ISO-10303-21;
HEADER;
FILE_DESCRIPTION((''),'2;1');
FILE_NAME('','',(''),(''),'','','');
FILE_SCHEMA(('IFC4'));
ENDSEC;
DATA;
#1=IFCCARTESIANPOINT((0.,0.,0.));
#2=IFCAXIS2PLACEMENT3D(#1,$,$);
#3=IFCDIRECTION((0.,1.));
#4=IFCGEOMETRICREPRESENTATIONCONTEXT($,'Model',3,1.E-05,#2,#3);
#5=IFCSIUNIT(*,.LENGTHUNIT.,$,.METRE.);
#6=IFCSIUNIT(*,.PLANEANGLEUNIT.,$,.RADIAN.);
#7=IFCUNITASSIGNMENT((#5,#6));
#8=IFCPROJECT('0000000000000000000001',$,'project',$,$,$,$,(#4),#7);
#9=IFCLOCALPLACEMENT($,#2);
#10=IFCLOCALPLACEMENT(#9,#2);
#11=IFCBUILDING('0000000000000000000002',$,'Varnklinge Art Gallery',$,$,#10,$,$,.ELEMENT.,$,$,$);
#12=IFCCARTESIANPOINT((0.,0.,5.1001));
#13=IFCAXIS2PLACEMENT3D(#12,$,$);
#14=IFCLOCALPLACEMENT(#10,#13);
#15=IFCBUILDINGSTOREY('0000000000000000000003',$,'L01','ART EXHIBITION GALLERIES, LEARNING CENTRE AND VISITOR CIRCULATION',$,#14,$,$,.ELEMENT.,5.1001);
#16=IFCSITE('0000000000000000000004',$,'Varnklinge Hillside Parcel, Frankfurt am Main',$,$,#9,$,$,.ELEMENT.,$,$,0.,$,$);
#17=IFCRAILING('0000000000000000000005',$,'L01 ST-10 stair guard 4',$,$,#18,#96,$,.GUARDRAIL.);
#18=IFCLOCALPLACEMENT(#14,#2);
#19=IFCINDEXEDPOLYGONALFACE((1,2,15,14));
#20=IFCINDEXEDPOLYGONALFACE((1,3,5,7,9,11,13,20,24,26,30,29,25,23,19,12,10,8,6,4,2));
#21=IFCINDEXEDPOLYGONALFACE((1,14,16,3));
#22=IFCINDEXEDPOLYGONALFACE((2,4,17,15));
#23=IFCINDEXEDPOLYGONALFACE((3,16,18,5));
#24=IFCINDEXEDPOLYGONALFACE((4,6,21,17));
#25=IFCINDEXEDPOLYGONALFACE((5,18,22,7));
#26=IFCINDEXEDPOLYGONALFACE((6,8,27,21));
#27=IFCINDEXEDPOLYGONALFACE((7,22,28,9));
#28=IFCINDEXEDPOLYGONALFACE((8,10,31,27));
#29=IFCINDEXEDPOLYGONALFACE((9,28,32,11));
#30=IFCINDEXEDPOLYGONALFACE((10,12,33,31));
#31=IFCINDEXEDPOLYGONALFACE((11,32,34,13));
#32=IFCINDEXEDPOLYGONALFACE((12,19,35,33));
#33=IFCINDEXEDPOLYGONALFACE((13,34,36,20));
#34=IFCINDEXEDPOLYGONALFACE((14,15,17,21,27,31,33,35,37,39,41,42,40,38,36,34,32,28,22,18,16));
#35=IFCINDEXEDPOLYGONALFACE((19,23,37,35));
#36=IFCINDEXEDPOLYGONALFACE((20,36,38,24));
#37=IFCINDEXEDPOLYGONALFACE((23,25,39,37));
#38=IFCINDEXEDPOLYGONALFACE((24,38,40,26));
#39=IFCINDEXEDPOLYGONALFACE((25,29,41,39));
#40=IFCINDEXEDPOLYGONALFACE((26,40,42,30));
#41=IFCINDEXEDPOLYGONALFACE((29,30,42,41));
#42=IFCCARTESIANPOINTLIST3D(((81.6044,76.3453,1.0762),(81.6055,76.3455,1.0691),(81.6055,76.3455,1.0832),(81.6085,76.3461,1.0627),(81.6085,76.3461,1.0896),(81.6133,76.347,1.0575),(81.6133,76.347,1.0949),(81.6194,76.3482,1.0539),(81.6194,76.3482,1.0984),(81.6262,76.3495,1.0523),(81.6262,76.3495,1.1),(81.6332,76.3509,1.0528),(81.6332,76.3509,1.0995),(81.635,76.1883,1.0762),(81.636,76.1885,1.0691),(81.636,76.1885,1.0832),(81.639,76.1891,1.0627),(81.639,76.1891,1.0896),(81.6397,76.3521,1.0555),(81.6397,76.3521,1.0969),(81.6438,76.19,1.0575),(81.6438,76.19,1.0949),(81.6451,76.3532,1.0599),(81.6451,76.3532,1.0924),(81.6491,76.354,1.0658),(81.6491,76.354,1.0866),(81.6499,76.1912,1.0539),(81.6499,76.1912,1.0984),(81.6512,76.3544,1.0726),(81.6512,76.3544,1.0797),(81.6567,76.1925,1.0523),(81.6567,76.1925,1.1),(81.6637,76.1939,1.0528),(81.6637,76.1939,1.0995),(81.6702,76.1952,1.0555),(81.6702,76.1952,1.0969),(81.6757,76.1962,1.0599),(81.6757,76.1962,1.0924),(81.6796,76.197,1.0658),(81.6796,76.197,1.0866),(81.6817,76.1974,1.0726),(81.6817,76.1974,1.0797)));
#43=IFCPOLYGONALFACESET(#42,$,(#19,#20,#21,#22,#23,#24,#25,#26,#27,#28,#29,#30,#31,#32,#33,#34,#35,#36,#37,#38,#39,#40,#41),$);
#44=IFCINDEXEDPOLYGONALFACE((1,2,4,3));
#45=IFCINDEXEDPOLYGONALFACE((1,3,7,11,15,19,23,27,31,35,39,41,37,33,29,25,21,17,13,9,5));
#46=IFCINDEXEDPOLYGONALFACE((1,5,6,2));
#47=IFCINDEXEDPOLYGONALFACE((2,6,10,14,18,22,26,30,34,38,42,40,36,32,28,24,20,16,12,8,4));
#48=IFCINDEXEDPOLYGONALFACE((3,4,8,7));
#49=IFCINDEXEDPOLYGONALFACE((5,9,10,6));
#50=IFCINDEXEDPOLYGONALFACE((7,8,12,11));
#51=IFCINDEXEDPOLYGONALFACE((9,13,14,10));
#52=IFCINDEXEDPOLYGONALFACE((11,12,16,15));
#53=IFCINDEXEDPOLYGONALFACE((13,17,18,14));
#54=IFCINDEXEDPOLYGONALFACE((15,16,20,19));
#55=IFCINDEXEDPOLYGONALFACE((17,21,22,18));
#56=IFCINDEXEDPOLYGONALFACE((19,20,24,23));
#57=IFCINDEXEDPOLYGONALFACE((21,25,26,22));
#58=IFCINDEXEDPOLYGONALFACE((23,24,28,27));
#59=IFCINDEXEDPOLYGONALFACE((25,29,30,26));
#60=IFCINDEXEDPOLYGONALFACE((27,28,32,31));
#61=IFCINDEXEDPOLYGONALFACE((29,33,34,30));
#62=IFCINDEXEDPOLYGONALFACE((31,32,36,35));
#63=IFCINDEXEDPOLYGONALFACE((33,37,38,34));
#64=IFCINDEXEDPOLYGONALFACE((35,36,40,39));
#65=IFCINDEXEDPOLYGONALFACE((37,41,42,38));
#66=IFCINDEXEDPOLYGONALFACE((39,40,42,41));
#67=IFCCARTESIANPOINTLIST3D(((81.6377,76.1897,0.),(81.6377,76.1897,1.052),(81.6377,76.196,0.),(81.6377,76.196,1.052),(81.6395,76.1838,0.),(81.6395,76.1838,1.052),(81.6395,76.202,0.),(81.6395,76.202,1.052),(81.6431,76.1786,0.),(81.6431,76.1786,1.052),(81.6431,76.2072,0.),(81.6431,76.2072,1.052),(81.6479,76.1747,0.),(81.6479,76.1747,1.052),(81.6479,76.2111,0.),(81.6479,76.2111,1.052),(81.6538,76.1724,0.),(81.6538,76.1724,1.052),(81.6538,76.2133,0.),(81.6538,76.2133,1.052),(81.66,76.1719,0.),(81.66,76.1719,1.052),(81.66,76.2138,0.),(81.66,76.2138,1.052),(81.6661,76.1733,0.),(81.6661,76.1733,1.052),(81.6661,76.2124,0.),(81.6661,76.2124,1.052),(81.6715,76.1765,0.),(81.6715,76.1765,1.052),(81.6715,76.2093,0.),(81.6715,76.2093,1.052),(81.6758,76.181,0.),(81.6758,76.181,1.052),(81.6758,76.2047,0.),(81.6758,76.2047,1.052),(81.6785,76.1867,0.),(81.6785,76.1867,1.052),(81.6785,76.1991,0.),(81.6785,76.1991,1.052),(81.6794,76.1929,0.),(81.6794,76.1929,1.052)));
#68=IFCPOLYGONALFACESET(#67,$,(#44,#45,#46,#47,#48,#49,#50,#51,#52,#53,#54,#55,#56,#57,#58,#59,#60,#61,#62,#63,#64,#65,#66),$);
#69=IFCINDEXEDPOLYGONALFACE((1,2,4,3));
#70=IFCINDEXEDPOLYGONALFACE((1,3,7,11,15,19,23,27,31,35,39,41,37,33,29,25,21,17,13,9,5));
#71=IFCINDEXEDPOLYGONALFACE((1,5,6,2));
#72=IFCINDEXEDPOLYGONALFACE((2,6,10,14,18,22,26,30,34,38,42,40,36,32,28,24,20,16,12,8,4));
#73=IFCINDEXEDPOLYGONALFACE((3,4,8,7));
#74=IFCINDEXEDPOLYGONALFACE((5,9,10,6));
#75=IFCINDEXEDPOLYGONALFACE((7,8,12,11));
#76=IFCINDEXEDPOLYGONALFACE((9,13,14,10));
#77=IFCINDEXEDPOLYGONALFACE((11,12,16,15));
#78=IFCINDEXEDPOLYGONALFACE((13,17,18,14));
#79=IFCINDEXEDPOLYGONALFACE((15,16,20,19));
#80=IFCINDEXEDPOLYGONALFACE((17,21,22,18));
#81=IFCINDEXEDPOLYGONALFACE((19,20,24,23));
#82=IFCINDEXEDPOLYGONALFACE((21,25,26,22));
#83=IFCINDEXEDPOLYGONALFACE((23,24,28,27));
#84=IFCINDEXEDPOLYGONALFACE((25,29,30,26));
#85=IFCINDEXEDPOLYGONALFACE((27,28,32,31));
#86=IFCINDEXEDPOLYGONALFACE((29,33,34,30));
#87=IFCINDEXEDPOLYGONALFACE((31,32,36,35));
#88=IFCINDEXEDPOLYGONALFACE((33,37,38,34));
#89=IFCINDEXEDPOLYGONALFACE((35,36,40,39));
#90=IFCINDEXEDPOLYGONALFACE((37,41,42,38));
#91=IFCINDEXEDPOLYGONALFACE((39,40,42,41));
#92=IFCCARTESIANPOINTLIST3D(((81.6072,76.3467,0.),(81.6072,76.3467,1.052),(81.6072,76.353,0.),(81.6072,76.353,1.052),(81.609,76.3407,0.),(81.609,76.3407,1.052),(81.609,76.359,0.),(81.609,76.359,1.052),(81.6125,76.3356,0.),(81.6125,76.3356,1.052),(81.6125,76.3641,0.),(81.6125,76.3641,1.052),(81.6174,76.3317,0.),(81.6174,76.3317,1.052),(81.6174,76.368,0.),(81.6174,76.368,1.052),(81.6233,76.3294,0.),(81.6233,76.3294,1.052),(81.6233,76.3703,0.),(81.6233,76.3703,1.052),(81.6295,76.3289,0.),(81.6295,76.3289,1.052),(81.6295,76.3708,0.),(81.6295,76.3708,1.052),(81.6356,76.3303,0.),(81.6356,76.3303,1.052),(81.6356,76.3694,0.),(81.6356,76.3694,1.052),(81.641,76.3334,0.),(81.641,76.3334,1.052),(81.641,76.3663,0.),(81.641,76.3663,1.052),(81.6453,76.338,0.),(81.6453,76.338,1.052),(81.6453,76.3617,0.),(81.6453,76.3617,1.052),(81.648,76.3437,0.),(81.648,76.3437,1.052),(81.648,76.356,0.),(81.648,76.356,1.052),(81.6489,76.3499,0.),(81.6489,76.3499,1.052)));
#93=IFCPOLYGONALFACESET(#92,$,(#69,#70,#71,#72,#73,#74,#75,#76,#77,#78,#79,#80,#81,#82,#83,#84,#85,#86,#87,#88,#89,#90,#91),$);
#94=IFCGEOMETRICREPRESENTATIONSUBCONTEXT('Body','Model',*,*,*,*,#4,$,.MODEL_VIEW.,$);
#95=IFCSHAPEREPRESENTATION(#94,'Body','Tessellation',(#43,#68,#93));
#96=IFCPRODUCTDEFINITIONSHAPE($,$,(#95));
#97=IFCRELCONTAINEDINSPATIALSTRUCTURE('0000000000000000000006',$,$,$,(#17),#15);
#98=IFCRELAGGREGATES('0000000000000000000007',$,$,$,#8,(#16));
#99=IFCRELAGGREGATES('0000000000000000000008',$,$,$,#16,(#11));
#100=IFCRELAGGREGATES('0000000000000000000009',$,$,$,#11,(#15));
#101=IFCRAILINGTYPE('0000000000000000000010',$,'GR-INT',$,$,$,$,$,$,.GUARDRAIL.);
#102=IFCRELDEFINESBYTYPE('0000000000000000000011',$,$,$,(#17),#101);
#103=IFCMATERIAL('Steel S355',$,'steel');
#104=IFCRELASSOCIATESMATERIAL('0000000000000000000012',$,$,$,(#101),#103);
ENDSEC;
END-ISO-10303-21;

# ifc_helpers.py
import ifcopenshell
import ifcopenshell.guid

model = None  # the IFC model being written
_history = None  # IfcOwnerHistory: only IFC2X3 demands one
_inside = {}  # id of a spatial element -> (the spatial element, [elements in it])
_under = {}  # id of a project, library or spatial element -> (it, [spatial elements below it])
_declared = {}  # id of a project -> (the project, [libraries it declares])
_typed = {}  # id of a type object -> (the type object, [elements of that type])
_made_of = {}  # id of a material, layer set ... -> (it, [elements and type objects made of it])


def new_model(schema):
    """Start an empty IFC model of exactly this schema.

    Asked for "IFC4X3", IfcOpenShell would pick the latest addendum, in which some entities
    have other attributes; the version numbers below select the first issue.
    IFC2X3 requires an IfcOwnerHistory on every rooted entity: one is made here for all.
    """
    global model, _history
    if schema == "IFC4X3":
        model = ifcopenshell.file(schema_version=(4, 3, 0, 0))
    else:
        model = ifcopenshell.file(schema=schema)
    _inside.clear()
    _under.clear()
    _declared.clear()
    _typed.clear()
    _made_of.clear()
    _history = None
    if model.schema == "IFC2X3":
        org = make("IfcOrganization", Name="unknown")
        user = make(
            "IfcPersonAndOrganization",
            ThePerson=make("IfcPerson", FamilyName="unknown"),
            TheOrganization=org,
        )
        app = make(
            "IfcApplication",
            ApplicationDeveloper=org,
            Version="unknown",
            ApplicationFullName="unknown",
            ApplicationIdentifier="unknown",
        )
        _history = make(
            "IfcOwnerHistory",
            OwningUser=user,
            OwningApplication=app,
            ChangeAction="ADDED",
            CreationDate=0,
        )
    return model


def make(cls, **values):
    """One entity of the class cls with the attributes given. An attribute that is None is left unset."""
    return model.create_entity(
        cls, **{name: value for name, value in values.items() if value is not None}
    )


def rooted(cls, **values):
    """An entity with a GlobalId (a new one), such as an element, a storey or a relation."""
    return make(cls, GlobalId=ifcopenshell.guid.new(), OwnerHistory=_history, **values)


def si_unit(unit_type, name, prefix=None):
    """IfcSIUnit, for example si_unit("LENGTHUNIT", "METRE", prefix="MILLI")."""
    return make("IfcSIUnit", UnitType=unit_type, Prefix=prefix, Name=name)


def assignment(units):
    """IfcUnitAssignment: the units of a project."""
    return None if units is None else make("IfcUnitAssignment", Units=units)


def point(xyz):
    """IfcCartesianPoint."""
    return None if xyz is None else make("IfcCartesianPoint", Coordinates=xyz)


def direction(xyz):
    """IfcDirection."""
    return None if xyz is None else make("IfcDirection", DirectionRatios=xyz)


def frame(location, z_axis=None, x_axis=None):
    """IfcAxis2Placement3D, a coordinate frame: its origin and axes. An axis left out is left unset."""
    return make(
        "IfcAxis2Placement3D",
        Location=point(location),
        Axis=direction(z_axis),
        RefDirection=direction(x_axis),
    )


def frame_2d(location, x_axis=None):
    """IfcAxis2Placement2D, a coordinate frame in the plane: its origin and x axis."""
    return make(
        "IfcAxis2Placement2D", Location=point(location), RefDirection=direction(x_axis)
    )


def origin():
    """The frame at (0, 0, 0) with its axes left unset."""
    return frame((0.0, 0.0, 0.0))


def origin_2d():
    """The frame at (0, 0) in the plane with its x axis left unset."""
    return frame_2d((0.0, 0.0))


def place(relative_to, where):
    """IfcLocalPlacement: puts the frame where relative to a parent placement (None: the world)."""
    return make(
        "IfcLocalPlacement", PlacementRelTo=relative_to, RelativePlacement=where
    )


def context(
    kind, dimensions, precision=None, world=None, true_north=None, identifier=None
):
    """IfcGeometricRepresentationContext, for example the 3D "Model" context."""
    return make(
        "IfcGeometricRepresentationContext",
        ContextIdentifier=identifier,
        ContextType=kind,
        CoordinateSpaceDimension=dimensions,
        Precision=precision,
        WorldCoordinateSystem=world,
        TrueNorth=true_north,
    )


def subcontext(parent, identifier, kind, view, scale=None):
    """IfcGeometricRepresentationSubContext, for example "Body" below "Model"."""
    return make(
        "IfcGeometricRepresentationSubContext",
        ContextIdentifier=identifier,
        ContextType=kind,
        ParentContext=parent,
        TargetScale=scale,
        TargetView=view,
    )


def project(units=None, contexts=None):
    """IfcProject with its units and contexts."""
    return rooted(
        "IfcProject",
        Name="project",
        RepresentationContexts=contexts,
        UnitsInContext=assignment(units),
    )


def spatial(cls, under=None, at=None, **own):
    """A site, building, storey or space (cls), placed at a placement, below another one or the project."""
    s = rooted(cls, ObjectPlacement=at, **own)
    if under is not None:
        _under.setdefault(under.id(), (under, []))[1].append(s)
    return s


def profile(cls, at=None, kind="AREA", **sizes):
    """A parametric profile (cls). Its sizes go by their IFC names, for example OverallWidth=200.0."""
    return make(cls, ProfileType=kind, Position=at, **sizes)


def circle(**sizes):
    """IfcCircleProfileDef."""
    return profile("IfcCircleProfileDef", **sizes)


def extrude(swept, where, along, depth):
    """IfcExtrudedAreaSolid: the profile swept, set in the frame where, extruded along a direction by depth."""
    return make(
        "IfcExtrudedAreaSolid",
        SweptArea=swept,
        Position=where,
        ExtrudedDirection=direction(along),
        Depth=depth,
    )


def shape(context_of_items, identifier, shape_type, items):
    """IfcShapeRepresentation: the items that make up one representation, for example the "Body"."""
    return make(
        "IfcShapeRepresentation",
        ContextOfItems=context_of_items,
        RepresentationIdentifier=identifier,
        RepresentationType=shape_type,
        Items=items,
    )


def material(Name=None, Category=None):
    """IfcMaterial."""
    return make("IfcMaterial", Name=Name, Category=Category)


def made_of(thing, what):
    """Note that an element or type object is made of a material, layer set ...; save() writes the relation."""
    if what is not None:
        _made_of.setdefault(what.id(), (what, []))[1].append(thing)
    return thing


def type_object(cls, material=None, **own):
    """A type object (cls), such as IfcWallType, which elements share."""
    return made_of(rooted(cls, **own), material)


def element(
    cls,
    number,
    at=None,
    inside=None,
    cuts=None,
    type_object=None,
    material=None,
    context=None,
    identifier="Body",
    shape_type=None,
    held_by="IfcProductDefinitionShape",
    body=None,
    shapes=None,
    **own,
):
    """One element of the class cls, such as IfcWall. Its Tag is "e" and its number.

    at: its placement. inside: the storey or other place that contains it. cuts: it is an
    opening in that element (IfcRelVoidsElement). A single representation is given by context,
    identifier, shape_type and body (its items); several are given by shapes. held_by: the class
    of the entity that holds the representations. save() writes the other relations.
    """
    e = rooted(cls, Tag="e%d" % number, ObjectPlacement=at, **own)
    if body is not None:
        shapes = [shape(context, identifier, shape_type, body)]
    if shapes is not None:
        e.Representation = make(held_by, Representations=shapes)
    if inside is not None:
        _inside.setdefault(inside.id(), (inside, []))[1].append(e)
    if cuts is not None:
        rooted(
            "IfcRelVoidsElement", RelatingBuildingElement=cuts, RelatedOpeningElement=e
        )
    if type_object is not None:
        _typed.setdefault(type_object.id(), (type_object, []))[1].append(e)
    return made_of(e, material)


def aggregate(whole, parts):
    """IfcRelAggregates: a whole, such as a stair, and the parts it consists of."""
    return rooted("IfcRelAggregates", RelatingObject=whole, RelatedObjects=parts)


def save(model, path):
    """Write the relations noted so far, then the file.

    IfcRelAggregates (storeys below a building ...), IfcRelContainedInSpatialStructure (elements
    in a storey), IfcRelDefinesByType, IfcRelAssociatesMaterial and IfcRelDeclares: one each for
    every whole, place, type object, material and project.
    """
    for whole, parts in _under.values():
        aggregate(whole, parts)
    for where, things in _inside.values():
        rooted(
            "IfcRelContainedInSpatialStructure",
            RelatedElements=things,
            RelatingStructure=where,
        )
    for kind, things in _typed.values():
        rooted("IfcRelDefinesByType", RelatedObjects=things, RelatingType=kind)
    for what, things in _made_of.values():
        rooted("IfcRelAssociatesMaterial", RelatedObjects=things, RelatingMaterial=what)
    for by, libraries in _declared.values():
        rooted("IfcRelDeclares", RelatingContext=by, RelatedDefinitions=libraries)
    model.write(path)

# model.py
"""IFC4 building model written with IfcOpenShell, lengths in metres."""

from ifc_helpers import new_model, si_unit, direction, frame, origin, origin_2d, place, context, subcontext, project, spatial, circle, extrude, material, type_object, element, save


model = new_model("IFC4")

# Units and contexts
model_context = context("Model", 3, precision=1e-05, world=origin(), true_north=direction((0.0, 1.0)))
body_context = subcontext(model_context, "Body", "Model", "MODEL_VIEW")
ifc_project = project(units=[si_unit("LENGTHUNIT", "METRE"), si_unit("PLANEANGLEUNIT", "RADIAN")], contexts=[model_context])

# Site, building, storey
site_placement = place(None, origin())
site = spatial("IfcSite", under=ifc_project, at=site_placement, Name="Varnklinge Hillside Parcel, Frankfurt am Main", CompositionType="ELEMENT", RefElevation=0.0)
building_placement = place(site_placement, origin())
building = spatial("IfcBuilding", under=site, at=building_placement, Name="Varnklinge Art Gallery", CompositionType="ELEMENT")
storey_placement = place(building_placement, frame((0.0, 0.0, 5.1001)))
storey = spatial("IfcBuildingStorey", under=building, at=storey_placement, Name="L01", Description="ART EXHIBITION GALLERIES, LEARNING CENTRE AND VISITOR CIRCULATION", CompositionType="ELEMENT", Elevation=5.1001)

# Railing
ifc_material_1 = material(Name="Steel S355", Category="steel")
railing_type_1 = type_object("IfcRailingType", Name="GR-INT", PredefinedType="GUARDRAIL", material=ifc_material_1)
railing_1_placement = place(storey_placement, frame((81.6584, 76.1929, 0.0)))
element("IfcRailing", 1, at=railing_1_placement, inside=storey, type_object=railing_type_1, Name="L01 ST-10 stair guard 4", PredefinedType="GUARDRAIL", context=body_context, shape_type="SweptSolid", body=[
    extrude(circle(Radius=0.0239, at=origin_2d()), frame((0.0, 0.0, 1.0762), z_axis=(-0.190829, 0.981623, 0.0), x_axis=(-0.981623, -0.190829, 0.0)), (0.0, 0.0, 1.0), 0.1599),
    extrude(circle(Radius=0.021, at=origin_2d()), origin(), (0.0, 0.0, 1.0), 1.052),
    extrude(circle(Radius=0.021, at=origin_2d()), frame((-0.0305, 0.157, 0.0)), (0.0, 0.0, 1.0), 1.052),
])

save(model, "model.ifc")
